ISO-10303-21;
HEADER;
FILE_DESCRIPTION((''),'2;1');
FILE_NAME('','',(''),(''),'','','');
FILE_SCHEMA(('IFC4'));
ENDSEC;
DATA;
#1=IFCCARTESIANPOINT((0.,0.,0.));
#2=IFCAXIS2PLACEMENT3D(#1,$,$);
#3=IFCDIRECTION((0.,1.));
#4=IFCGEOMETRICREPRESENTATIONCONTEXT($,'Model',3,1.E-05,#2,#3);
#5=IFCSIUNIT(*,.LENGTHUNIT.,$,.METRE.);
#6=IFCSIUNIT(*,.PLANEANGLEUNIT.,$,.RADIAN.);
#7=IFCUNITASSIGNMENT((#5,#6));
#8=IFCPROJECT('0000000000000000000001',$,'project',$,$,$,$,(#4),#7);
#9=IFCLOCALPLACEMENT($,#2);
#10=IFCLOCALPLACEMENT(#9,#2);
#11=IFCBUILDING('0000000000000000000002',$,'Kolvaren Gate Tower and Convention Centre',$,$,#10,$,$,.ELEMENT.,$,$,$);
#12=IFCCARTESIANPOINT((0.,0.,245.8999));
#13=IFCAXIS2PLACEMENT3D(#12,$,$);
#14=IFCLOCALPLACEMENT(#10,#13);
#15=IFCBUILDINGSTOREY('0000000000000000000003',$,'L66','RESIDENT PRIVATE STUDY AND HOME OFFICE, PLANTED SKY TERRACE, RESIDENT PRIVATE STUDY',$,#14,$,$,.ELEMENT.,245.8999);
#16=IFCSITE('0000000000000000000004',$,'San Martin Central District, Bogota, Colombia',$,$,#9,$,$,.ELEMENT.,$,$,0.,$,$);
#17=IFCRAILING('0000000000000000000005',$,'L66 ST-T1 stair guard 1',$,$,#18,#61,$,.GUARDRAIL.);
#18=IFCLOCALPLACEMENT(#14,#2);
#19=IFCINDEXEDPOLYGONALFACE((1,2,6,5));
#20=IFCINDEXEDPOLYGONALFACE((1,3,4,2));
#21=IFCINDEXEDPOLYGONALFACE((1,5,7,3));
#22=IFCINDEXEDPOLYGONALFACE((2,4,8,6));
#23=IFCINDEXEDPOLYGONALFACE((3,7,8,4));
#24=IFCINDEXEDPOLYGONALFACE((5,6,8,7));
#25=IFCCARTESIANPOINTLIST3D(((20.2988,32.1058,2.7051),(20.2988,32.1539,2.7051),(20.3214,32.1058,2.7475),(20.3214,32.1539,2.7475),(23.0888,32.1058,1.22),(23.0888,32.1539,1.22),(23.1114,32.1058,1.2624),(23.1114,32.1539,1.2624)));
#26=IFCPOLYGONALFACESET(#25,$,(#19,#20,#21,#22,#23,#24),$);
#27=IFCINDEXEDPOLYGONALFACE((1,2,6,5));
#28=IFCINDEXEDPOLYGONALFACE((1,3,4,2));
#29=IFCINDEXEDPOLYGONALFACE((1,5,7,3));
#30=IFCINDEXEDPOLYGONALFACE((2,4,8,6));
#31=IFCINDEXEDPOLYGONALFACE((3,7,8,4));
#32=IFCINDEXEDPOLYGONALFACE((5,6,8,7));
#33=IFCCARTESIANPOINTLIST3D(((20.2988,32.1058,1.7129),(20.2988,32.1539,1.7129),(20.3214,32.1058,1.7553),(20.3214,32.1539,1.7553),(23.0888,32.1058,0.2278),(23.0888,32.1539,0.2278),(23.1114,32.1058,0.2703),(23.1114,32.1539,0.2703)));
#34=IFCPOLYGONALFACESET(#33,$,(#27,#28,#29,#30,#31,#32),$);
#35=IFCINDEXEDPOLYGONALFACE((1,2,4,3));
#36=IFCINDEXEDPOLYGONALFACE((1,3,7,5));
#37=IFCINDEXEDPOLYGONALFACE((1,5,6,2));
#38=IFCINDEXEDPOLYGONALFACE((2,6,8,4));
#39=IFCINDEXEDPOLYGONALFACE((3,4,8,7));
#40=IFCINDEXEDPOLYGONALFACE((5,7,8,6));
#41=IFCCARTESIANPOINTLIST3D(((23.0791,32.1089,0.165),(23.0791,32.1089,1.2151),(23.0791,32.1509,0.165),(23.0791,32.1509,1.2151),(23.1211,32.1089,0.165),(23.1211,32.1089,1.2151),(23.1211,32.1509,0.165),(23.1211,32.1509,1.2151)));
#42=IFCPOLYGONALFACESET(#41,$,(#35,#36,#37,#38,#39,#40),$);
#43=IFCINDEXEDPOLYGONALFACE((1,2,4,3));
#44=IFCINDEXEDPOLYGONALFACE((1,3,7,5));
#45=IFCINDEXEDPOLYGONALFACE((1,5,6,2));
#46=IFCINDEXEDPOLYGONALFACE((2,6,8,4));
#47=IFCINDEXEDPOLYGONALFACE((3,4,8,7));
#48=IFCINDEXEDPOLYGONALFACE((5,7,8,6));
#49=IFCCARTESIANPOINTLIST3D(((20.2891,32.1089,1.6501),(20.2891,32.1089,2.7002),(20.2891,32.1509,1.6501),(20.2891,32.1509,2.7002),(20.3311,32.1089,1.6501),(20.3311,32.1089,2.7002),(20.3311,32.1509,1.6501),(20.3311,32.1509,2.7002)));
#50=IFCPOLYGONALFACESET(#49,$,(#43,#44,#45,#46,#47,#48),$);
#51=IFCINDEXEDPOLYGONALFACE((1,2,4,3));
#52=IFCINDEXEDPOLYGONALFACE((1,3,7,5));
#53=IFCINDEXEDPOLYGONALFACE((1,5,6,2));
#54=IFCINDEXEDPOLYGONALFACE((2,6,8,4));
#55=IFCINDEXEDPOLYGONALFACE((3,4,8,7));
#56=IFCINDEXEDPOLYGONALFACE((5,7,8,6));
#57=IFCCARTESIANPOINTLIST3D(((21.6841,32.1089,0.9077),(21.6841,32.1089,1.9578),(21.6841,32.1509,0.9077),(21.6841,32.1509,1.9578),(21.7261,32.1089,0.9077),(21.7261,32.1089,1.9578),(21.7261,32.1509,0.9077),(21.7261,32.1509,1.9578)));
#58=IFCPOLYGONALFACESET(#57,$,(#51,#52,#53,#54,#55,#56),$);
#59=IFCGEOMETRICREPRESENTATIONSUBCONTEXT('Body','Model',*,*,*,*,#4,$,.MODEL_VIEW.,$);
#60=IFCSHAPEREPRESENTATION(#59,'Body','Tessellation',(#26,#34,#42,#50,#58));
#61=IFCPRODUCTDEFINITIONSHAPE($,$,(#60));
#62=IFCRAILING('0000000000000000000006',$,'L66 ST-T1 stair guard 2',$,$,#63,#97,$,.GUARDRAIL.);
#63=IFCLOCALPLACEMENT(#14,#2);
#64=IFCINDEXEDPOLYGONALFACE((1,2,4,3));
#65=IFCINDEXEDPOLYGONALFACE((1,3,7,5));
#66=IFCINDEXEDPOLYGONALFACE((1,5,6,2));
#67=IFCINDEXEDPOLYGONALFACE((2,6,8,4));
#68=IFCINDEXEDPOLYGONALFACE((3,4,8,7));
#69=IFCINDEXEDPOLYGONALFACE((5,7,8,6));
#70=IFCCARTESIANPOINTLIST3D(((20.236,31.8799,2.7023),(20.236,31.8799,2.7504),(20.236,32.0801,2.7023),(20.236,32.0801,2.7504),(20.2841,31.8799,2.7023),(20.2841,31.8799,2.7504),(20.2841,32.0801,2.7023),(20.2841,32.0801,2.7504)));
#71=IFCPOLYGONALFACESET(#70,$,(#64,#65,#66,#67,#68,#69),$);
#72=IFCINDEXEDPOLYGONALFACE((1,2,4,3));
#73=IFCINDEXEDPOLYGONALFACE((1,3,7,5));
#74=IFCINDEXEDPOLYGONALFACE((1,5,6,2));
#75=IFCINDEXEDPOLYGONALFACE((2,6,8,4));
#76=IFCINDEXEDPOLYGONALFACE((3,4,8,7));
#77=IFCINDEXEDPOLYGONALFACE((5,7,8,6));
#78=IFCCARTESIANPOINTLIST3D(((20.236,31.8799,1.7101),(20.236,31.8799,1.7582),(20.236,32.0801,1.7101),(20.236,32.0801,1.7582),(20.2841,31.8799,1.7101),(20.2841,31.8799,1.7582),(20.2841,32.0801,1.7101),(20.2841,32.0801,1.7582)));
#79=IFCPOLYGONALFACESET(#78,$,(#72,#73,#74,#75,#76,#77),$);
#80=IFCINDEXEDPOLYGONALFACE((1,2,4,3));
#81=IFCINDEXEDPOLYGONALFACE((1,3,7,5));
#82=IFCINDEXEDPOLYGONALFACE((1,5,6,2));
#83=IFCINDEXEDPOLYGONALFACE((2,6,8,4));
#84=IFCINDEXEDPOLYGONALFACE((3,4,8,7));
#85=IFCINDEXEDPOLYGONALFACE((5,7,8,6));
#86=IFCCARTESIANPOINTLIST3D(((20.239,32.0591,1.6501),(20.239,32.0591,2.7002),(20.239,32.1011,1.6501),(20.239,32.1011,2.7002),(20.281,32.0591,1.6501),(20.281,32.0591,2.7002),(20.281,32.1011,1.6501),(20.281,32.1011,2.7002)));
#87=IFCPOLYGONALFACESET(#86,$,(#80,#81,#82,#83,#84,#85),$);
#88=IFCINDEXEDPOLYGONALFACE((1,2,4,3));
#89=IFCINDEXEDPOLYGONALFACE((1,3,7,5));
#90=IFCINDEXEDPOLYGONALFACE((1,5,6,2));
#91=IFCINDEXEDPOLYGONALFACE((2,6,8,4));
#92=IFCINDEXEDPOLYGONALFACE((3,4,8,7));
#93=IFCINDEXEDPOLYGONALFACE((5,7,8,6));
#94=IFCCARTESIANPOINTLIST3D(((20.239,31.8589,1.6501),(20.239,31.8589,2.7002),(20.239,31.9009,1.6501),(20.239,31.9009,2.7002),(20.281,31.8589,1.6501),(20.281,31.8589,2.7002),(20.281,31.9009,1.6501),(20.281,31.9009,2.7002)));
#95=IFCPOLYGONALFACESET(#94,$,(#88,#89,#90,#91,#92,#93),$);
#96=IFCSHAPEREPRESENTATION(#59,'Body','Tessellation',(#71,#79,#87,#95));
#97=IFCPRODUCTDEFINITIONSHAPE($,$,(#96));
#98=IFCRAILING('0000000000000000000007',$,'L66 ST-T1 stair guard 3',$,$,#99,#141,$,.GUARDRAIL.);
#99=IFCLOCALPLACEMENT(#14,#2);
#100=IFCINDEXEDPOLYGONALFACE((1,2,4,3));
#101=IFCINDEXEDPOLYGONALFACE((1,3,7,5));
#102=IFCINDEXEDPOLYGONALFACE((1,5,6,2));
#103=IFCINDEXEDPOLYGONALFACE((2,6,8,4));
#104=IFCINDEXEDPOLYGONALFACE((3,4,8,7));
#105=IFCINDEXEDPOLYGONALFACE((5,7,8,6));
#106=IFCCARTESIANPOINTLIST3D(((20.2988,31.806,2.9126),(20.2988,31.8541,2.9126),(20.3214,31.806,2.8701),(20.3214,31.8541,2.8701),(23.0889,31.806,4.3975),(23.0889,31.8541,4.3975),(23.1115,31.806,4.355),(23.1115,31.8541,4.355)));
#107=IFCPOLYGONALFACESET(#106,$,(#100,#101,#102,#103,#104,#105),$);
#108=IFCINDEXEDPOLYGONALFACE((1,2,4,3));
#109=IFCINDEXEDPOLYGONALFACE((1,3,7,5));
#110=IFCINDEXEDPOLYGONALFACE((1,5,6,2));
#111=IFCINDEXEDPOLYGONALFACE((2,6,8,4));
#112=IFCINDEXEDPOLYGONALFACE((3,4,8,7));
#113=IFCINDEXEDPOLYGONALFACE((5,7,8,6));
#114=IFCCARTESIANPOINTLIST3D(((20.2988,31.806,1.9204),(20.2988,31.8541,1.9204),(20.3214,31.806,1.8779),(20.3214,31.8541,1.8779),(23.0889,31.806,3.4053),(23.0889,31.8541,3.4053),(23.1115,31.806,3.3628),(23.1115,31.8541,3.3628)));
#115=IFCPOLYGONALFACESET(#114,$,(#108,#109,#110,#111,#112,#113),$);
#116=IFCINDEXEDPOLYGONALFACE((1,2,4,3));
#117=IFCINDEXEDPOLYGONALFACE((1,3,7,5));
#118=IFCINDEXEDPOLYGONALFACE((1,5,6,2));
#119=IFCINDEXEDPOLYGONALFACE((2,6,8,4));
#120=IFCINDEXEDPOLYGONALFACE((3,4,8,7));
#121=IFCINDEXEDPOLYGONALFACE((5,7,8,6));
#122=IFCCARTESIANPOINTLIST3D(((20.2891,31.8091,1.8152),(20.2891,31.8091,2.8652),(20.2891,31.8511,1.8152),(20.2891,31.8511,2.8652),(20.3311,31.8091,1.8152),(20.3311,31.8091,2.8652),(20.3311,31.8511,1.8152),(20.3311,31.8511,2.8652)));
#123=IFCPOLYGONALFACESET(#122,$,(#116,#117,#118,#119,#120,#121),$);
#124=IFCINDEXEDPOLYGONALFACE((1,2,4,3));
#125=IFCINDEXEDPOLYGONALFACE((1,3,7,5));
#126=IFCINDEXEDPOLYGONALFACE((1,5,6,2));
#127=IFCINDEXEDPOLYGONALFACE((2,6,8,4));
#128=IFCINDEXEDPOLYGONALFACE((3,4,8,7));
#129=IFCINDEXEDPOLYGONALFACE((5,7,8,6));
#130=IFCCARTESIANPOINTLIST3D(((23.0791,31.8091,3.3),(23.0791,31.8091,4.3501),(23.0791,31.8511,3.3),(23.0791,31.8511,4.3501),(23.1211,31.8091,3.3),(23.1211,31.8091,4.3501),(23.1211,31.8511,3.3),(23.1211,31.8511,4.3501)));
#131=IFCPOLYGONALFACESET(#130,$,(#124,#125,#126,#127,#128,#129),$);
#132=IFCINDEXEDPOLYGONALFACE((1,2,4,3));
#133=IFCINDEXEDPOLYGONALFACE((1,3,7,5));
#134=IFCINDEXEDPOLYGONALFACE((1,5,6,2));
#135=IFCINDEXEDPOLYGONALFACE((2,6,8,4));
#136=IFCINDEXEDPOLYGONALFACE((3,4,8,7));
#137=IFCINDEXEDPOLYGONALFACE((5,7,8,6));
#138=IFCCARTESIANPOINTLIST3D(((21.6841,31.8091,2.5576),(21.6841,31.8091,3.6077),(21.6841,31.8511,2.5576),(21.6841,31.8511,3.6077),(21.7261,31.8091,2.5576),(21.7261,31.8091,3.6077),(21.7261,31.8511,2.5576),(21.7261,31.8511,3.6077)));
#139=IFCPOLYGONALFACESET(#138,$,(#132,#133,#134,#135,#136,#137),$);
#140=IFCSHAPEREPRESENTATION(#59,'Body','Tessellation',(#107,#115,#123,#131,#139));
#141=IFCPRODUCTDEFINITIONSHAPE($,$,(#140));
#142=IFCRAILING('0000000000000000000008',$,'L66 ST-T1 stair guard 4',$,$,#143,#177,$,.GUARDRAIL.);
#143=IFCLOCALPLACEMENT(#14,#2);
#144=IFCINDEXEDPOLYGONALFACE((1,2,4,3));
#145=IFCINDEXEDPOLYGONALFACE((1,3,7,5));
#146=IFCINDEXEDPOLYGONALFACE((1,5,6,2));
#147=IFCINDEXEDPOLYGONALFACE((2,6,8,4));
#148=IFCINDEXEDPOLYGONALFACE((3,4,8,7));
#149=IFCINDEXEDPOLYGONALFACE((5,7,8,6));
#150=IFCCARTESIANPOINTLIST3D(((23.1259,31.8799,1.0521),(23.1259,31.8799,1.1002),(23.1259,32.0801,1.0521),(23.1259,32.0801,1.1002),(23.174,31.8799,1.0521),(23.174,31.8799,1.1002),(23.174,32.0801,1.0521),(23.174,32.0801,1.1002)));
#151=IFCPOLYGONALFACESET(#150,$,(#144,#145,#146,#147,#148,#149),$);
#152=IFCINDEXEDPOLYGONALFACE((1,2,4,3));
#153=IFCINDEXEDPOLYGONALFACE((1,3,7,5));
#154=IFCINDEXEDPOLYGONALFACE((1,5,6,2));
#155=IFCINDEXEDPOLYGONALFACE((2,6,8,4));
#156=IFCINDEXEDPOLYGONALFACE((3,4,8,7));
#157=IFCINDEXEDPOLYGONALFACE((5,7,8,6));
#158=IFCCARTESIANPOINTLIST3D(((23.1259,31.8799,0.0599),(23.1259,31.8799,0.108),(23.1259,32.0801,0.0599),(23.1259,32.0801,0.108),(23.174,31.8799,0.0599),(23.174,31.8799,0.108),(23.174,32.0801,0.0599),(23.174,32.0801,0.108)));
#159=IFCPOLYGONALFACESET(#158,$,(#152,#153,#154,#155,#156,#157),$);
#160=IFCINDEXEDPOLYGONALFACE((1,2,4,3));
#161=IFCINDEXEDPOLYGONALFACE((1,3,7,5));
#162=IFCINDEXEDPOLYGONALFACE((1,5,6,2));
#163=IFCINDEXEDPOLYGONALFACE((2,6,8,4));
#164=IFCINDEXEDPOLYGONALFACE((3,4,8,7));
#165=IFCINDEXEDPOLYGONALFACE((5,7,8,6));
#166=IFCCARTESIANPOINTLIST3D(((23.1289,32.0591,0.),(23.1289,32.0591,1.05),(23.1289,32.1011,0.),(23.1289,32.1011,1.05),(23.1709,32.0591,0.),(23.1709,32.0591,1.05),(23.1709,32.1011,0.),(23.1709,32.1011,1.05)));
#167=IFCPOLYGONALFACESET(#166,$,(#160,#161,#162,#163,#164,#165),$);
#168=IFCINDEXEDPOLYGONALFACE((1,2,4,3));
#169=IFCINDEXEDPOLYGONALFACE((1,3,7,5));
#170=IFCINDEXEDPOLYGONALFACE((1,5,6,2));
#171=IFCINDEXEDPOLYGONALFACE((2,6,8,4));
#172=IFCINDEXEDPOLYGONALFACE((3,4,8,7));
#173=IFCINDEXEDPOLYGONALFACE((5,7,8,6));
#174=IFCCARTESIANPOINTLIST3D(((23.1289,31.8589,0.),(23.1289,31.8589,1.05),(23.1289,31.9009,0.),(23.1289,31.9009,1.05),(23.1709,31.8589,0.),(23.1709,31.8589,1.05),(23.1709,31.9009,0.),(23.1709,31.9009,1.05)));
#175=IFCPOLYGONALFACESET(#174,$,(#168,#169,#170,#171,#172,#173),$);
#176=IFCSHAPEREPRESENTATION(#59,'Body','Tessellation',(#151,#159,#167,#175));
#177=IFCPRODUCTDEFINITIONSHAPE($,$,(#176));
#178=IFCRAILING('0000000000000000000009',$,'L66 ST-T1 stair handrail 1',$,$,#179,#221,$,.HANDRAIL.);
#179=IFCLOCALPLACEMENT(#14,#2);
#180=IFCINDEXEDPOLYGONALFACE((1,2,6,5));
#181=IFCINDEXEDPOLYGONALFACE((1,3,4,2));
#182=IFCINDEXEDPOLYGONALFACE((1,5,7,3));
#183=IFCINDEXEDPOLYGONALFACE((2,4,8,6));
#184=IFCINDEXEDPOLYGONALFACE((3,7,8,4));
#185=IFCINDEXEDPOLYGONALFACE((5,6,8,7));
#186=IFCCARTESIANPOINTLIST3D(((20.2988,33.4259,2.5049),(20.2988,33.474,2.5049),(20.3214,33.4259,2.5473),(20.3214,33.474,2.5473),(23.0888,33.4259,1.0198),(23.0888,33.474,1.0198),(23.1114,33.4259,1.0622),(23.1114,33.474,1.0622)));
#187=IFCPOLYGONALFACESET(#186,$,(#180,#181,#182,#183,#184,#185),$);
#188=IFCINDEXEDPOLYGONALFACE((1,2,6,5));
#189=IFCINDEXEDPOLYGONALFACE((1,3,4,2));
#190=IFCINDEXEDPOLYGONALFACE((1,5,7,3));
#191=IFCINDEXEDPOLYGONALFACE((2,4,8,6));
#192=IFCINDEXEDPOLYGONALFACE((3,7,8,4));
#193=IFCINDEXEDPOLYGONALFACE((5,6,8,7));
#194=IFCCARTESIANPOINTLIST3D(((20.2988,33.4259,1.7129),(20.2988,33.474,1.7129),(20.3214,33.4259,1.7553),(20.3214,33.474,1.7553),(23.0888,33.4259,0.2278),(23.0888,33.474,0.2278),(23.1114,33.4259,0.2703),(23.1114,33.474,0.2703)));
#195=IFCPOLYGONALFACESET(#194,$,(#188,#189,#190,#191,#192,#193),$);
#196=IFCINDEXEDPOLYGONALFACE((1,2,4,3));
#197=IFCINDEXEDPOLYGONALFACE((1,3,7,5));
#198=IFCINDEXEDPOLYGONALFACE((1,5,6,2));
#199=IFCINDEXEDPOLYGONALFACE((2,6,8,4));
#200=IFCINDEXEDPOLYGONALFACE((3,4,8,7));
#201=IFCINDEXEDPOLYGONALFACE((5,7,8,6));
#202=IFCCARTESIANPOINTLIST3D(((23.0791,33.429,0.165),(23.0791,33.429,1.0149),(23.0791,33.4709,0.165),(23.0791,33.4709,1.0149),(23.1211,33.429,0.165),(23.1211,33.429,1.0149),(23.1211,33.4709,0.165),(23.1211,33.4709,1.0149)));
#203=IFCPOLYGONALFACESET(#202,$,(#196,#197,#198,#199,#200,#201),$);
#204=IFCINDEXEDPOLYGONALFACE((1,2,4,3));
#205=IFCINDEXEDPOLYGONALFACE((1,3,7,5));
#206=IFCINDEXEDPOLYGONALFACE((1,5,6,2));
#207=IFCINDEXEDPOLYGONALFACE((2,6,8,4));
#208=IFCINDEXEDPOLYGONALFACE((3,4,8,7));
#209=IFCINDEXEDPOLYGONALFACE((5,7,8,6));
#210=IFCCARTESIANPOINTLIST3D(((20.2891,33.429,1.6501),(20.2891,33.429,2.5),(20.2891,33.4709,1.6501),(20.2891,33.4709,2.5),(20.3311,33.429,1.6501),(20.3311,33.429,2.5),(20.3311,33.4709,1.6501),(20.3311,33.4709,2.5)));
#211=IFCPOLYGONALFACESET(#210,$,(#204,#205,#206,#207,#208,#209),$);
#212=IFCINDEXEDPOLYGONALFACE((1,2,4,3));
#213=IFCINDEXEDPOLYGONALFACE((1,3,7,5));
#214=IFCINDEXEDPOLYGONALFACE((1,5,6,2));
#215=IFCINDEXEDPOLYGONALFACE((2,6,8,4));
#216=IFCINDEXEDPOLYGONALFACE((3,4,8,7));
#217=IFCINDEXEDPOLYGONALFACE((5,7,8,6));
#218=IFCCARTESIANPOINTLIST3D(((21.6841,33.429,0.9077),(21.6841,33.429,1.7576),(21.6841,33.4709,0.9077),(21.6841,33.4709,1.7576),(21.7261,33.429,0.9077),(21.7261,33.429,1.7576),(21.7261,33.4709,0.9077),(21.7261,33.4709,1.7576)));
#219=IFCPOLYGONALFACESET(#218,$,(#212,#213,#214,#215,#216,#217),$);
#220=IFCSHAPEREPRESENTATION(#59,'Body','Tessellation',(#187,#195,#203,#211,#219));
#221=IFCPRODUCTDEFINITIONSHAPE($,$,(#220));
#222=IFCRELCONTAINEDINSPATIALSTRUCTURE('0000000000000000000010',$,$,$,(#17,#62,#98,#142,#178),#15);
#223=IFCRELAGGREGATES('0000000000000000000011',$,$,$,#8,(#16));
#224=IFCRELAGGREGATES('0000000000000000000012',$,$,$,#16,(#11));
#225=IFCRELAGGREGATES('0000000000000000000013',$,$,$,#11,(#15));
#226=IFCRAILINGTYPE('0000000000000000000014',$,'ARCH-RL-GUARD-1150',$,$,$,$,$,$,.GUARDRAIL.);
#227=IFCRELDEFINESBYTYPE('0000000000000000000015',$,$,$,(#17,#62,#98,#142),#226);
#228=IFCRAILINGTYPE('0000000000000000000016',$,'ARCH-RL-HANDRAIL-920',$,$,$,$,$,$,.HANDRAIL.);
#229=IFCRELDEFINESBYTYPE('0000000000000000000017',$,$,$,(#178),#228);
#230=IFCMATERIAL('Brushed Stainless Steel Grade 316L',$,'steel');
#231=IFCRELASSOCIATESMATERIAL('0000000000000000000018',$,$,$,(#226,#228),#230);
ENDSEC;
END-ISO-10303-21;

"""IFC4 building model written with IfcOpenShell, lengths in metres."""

from ifc_helpers import new_model, si_unit, direction, frame, origin, origin_2d, place, context, subcontext, project, spatial, rectangle, extrude, material, type_object, element, save


model = new_model("IFC4")

# Units and contexts
model_context = context("Model", 3, precision=1e-05, world=origin(), true_north=direction((0.0, 1.0)))
body_context = subcontext(model_context, "Body", "Model", "MODEL_VIEW")
ifc_project = project(units=[si_unit("LENGTHUNIT", "METRE"), si_unit("PLANEANGLEUNIT", "RADIAN")], contexts=[model_context])

# Site, building, storey
site_placement = place(None, origin())
site = spatial("IfcSite", under=ifc_project, at=site_placement, Name="San Martin Central District, Bogota, Colombia", CompositionType="ELEMENT", RefElevation=0.0)
building_placement = place(site_placement, origin())
building = spatial("IfcBuilding", under=site, at=building_placement, Name="Kolvaren Gate Tower and Convention Centre", CompositionType="ELEMENT")
storey_placement = place(building_placement, frame((0.0, 0.0, 245.8999)))
storey = spatial("IfcBuildingStorey", under=building, at=storey_placement, Name="L66", Description="RESIDENT PRIVATE STUDY AND HOME OFFICE, PLANTED SKY TERRACE, RESIDENT PRIVATE STUDY", CompositionType="ELEMENT", Elevation=245.8999)

# Shared definitions
ifc_material_1 = material(Name="Brushed Stainless Steel Grade 316L", Category="steel")

# Railings
railing_type_1 = type_object("IfcRailingType", Name="ARCH-RL-GUARD-1150", PredefinedType="GUARDRAIL", material=ifc_material_1)
railing_1_placement = place(storey_placement, frame((23.1001, 32.1299, 0.165)))
element("IfcRailing", 1, at=railing_1_placement, inside=storey, type_object=railing_type_1, Name="L66 ST-T1 stair guard 1", PredefinedType="GUARDRAIL", context=body_context, shape_type="SweptSolid", body=[
    extrude(rectangle(XDim=0.0481, YDim=0.0481, at=origin_2d()), frame((0.0, 0.0, 1.0762), z_axis=(-0.882735, 0.0, 0.46987), x_axis=(0.0, -1.0, 0.0)), (0.0, 0.0, 1.0), 3.1606),
    extrude(rectangle(XDim=0.0481, YDim=0.0481, at=origin_2d()), frame((0.0, 0.0, 0.084), z_axis=(-0.882735, 0.0, 0.46987), x_axis=(0.0, -1.0, 0.0)), (0.0, 0.0, 1.0), 3.1606),
    extrude(rectangle(XDim=0.042, YDim=0.042, at=origin_2d()), origin(), (0.0, 0.0, 1.0), 1.05),
    extrude(rectangle(XDim=0.042, YDim=0.042, at=origin_2d()), frame((-2.79, 0.0, 1.4851)), (0.0, 0.0, 1.0), 1.05),
    extrude(rectangle(XDim=0.042, YDim=0.042, at=origin_2d()), frame((-1.395, 0.0, 0.7427)), (0.0, 0.0, 1.0), 1.05),
])
railing_2_placement = place(storey_placement, frame((20.26, 32.0801, 1.6501)))
element("IfcRailing", 2, at=railing_2_placement, inside=storey, type_object=railing_type_1, Name="L66 ST-T1 stair guard 2", PredefinedType="GUARDRAIL", context=body_context, shape_type="SweptSolid", body=[
    extrude(rectangle(XDim=0.0481, YDim=0.0481, at=origin_2d()), frame((0.0, 0.0, 1.0762), z_axis=(0.0, -1.0, 0.0), x_axis=(1.0, 0.0, 0.0)), (0.0, 0.0, 1.0), 0.2002),
    extrude(rectangle(XDim=0.0481, YDim=0.0481, at=origin_2d()), frame((0.0, 0.0, 0.084), z_axis=(0.0, -1.0, 0.0), x_axis=(1.0, 0.0, 0.0)), (0.0, 0.0, 1.0), 0.2002),
    extrude(rectangle(XDim=0.042, YDim=0.042, at=origin_2d()), origin(), (0.0, 0.0, 1.0), 1.05),
    extrude(rectangle(XDim=0.042, YDim=0.042, at=origin_2d()), frame((0.0, -0.2002, 0.0)), (0.0, 0.0, 1.0), 1.05),
])
railing_3_placement = place(storey_placement, frame((20.3101, 31.8301, 1.8152)))
element("IfcRailing", 3, at=railing_3_placement, inside=storey, type_object=railing_type_1, Name="L66 ST-T1 stair guard 3", PredefinedType="GUARDRAIL", context=body_context, shape_type="SweptSolid", body=[
    extrude(rectangle(XDim=0.0481, YDim=0.0481, at=origin_2d()), frame((0.0, 0.0, 1.0762), z_axis=(0.882767, 0.0, 0.46981), x_axis=(0.0, 1.0, 0.0)), (0.0, 0.0, 1.0), 3.1606),
    extrude(rectangle(XDim=0.0481, YDim=0.0481, at=origin_2d()), frame((0.0, 0.0, 0.084), z_axis=(0.882767, 0.0, 0.46981), x_axis=(0.0, 1.0, 0.0)), (0.0, 0.0, 1.0), 3.1606),
    extrude(rectangle(XDim=0.042, YDim=0.042, at=origin_2d()), origin(), (0.0, 0.0, 1.0), 1.05),
    extrude(rectangle(XDim=0.042, YDim=0.042, at=origin_2d()), frame((2.79, 0.0, 1.4849)), (0.0, 0.0, 1.0), 1.05),
    extrude(rectangle(XDim=0.042, YDim=0.042, at=origin_2d()), frame((1.395, 0.0, 0.7424)), (0.0, 0.0, 1.0), 1.05),
])
railing_4_placement = place(storey_placement, frame((23.1499, 32.0801, 0.0)))
element("IfcRailing", 4, at=railing_4_placement, inside=storey, type_object=railing_type_1, Name="L66 ST-T1 stair guard 4", PredefinedType="GUARDRAIL", context=body_context, shape_type="SweptSolid", body=[
    extrude(rectangle(XDim=0.0481, YDim=0.0481, at=origin_2d()), frame((0.0, 0.0, 1.0762), z_axis=(0.0, -1.0, 0.0), x_axis=(1.0, 0.0, 0.0)), (0.0, 0.0, 1.0), 0.2002),
    extrude(rectangle(XDim=0.0481, YDim=0.0481, at=origin_2d()), frame((0.0, 0.0, 0.084), z_axis=(0.0, -1.0, 0.0), x_axis=(1.0, 0.0, 0.0)), (0.0, 0.0, 1.0), 0.2002),
    extrude(rectangle(XDim=0.042, YDim=0.042, at=origin_2d()), origin(), (0.0, 0.0, 1.0), 1.05),
    extrude(rectangle(XDim=0.042, YDim=0.042, at=origin_2d()), frame((0.0, -0.2002, 0.0)), (0.0, 0.0, 1.0), 1.05),
])
railing_type_2 = type_object("IfcRailingType", Name="ARCH-RL-HANDRAIL-920", PredefinedType="HANDRAIL", material=ifc_material_1)
railing_5_placement = place(storey_placement, frame((23.1001, 33.45, 0.165)))
element("IfcRailing", 5, at=railing_5_placement, inside=storey, type_object=railing_type_2, Name="L66 ST-T1 stair handrail 1", PredefinedType="HANDRAIL", context=body_context, shape_type="SweptSolid", body=[
    extrude(rectangle(XDim=0.0481, YDim=0.0481, at=origin_2d()), frame((0.0, 0.0, 0.876), z_axis=(-0.882735, 0.0, 0.46987), x_axis=(0.0, -1.0, 0.0)), (0.0, 0.0, 1.0), 3.1606),
    extrude(rectangle(XDim=0.0481, YDim=0.0481, at=origin_2d()), frame((0.0, 0.0, 0.084), z_axis=(-0.882735, 0.0, 0.46987), x_axis=(0.0, -1.0, 0.0)), (0.0, 0.0, 1.0), 3.1606),
    extrude(rectangle(XDim=0.042, YDim=0.042, at=origin_2d()), origin(), (0.0, 0.0, 1.0), 0.8499),
    extrude(rectangle(XDim=0.042, YDim=0.042, at=origin_2d()), frame((-2.79, 0.0, 1.4851)), (0.0, 0.0, 1.0), 0.8499),
    extrude(rectangle(XDim=0.042, YDim=0.042, at=origin_2d()), frame((-1.395, 0.0, 0.7427)), (0.0, 0.0, 1.0), 0.8499),
])

save(model, "model.ifc")
